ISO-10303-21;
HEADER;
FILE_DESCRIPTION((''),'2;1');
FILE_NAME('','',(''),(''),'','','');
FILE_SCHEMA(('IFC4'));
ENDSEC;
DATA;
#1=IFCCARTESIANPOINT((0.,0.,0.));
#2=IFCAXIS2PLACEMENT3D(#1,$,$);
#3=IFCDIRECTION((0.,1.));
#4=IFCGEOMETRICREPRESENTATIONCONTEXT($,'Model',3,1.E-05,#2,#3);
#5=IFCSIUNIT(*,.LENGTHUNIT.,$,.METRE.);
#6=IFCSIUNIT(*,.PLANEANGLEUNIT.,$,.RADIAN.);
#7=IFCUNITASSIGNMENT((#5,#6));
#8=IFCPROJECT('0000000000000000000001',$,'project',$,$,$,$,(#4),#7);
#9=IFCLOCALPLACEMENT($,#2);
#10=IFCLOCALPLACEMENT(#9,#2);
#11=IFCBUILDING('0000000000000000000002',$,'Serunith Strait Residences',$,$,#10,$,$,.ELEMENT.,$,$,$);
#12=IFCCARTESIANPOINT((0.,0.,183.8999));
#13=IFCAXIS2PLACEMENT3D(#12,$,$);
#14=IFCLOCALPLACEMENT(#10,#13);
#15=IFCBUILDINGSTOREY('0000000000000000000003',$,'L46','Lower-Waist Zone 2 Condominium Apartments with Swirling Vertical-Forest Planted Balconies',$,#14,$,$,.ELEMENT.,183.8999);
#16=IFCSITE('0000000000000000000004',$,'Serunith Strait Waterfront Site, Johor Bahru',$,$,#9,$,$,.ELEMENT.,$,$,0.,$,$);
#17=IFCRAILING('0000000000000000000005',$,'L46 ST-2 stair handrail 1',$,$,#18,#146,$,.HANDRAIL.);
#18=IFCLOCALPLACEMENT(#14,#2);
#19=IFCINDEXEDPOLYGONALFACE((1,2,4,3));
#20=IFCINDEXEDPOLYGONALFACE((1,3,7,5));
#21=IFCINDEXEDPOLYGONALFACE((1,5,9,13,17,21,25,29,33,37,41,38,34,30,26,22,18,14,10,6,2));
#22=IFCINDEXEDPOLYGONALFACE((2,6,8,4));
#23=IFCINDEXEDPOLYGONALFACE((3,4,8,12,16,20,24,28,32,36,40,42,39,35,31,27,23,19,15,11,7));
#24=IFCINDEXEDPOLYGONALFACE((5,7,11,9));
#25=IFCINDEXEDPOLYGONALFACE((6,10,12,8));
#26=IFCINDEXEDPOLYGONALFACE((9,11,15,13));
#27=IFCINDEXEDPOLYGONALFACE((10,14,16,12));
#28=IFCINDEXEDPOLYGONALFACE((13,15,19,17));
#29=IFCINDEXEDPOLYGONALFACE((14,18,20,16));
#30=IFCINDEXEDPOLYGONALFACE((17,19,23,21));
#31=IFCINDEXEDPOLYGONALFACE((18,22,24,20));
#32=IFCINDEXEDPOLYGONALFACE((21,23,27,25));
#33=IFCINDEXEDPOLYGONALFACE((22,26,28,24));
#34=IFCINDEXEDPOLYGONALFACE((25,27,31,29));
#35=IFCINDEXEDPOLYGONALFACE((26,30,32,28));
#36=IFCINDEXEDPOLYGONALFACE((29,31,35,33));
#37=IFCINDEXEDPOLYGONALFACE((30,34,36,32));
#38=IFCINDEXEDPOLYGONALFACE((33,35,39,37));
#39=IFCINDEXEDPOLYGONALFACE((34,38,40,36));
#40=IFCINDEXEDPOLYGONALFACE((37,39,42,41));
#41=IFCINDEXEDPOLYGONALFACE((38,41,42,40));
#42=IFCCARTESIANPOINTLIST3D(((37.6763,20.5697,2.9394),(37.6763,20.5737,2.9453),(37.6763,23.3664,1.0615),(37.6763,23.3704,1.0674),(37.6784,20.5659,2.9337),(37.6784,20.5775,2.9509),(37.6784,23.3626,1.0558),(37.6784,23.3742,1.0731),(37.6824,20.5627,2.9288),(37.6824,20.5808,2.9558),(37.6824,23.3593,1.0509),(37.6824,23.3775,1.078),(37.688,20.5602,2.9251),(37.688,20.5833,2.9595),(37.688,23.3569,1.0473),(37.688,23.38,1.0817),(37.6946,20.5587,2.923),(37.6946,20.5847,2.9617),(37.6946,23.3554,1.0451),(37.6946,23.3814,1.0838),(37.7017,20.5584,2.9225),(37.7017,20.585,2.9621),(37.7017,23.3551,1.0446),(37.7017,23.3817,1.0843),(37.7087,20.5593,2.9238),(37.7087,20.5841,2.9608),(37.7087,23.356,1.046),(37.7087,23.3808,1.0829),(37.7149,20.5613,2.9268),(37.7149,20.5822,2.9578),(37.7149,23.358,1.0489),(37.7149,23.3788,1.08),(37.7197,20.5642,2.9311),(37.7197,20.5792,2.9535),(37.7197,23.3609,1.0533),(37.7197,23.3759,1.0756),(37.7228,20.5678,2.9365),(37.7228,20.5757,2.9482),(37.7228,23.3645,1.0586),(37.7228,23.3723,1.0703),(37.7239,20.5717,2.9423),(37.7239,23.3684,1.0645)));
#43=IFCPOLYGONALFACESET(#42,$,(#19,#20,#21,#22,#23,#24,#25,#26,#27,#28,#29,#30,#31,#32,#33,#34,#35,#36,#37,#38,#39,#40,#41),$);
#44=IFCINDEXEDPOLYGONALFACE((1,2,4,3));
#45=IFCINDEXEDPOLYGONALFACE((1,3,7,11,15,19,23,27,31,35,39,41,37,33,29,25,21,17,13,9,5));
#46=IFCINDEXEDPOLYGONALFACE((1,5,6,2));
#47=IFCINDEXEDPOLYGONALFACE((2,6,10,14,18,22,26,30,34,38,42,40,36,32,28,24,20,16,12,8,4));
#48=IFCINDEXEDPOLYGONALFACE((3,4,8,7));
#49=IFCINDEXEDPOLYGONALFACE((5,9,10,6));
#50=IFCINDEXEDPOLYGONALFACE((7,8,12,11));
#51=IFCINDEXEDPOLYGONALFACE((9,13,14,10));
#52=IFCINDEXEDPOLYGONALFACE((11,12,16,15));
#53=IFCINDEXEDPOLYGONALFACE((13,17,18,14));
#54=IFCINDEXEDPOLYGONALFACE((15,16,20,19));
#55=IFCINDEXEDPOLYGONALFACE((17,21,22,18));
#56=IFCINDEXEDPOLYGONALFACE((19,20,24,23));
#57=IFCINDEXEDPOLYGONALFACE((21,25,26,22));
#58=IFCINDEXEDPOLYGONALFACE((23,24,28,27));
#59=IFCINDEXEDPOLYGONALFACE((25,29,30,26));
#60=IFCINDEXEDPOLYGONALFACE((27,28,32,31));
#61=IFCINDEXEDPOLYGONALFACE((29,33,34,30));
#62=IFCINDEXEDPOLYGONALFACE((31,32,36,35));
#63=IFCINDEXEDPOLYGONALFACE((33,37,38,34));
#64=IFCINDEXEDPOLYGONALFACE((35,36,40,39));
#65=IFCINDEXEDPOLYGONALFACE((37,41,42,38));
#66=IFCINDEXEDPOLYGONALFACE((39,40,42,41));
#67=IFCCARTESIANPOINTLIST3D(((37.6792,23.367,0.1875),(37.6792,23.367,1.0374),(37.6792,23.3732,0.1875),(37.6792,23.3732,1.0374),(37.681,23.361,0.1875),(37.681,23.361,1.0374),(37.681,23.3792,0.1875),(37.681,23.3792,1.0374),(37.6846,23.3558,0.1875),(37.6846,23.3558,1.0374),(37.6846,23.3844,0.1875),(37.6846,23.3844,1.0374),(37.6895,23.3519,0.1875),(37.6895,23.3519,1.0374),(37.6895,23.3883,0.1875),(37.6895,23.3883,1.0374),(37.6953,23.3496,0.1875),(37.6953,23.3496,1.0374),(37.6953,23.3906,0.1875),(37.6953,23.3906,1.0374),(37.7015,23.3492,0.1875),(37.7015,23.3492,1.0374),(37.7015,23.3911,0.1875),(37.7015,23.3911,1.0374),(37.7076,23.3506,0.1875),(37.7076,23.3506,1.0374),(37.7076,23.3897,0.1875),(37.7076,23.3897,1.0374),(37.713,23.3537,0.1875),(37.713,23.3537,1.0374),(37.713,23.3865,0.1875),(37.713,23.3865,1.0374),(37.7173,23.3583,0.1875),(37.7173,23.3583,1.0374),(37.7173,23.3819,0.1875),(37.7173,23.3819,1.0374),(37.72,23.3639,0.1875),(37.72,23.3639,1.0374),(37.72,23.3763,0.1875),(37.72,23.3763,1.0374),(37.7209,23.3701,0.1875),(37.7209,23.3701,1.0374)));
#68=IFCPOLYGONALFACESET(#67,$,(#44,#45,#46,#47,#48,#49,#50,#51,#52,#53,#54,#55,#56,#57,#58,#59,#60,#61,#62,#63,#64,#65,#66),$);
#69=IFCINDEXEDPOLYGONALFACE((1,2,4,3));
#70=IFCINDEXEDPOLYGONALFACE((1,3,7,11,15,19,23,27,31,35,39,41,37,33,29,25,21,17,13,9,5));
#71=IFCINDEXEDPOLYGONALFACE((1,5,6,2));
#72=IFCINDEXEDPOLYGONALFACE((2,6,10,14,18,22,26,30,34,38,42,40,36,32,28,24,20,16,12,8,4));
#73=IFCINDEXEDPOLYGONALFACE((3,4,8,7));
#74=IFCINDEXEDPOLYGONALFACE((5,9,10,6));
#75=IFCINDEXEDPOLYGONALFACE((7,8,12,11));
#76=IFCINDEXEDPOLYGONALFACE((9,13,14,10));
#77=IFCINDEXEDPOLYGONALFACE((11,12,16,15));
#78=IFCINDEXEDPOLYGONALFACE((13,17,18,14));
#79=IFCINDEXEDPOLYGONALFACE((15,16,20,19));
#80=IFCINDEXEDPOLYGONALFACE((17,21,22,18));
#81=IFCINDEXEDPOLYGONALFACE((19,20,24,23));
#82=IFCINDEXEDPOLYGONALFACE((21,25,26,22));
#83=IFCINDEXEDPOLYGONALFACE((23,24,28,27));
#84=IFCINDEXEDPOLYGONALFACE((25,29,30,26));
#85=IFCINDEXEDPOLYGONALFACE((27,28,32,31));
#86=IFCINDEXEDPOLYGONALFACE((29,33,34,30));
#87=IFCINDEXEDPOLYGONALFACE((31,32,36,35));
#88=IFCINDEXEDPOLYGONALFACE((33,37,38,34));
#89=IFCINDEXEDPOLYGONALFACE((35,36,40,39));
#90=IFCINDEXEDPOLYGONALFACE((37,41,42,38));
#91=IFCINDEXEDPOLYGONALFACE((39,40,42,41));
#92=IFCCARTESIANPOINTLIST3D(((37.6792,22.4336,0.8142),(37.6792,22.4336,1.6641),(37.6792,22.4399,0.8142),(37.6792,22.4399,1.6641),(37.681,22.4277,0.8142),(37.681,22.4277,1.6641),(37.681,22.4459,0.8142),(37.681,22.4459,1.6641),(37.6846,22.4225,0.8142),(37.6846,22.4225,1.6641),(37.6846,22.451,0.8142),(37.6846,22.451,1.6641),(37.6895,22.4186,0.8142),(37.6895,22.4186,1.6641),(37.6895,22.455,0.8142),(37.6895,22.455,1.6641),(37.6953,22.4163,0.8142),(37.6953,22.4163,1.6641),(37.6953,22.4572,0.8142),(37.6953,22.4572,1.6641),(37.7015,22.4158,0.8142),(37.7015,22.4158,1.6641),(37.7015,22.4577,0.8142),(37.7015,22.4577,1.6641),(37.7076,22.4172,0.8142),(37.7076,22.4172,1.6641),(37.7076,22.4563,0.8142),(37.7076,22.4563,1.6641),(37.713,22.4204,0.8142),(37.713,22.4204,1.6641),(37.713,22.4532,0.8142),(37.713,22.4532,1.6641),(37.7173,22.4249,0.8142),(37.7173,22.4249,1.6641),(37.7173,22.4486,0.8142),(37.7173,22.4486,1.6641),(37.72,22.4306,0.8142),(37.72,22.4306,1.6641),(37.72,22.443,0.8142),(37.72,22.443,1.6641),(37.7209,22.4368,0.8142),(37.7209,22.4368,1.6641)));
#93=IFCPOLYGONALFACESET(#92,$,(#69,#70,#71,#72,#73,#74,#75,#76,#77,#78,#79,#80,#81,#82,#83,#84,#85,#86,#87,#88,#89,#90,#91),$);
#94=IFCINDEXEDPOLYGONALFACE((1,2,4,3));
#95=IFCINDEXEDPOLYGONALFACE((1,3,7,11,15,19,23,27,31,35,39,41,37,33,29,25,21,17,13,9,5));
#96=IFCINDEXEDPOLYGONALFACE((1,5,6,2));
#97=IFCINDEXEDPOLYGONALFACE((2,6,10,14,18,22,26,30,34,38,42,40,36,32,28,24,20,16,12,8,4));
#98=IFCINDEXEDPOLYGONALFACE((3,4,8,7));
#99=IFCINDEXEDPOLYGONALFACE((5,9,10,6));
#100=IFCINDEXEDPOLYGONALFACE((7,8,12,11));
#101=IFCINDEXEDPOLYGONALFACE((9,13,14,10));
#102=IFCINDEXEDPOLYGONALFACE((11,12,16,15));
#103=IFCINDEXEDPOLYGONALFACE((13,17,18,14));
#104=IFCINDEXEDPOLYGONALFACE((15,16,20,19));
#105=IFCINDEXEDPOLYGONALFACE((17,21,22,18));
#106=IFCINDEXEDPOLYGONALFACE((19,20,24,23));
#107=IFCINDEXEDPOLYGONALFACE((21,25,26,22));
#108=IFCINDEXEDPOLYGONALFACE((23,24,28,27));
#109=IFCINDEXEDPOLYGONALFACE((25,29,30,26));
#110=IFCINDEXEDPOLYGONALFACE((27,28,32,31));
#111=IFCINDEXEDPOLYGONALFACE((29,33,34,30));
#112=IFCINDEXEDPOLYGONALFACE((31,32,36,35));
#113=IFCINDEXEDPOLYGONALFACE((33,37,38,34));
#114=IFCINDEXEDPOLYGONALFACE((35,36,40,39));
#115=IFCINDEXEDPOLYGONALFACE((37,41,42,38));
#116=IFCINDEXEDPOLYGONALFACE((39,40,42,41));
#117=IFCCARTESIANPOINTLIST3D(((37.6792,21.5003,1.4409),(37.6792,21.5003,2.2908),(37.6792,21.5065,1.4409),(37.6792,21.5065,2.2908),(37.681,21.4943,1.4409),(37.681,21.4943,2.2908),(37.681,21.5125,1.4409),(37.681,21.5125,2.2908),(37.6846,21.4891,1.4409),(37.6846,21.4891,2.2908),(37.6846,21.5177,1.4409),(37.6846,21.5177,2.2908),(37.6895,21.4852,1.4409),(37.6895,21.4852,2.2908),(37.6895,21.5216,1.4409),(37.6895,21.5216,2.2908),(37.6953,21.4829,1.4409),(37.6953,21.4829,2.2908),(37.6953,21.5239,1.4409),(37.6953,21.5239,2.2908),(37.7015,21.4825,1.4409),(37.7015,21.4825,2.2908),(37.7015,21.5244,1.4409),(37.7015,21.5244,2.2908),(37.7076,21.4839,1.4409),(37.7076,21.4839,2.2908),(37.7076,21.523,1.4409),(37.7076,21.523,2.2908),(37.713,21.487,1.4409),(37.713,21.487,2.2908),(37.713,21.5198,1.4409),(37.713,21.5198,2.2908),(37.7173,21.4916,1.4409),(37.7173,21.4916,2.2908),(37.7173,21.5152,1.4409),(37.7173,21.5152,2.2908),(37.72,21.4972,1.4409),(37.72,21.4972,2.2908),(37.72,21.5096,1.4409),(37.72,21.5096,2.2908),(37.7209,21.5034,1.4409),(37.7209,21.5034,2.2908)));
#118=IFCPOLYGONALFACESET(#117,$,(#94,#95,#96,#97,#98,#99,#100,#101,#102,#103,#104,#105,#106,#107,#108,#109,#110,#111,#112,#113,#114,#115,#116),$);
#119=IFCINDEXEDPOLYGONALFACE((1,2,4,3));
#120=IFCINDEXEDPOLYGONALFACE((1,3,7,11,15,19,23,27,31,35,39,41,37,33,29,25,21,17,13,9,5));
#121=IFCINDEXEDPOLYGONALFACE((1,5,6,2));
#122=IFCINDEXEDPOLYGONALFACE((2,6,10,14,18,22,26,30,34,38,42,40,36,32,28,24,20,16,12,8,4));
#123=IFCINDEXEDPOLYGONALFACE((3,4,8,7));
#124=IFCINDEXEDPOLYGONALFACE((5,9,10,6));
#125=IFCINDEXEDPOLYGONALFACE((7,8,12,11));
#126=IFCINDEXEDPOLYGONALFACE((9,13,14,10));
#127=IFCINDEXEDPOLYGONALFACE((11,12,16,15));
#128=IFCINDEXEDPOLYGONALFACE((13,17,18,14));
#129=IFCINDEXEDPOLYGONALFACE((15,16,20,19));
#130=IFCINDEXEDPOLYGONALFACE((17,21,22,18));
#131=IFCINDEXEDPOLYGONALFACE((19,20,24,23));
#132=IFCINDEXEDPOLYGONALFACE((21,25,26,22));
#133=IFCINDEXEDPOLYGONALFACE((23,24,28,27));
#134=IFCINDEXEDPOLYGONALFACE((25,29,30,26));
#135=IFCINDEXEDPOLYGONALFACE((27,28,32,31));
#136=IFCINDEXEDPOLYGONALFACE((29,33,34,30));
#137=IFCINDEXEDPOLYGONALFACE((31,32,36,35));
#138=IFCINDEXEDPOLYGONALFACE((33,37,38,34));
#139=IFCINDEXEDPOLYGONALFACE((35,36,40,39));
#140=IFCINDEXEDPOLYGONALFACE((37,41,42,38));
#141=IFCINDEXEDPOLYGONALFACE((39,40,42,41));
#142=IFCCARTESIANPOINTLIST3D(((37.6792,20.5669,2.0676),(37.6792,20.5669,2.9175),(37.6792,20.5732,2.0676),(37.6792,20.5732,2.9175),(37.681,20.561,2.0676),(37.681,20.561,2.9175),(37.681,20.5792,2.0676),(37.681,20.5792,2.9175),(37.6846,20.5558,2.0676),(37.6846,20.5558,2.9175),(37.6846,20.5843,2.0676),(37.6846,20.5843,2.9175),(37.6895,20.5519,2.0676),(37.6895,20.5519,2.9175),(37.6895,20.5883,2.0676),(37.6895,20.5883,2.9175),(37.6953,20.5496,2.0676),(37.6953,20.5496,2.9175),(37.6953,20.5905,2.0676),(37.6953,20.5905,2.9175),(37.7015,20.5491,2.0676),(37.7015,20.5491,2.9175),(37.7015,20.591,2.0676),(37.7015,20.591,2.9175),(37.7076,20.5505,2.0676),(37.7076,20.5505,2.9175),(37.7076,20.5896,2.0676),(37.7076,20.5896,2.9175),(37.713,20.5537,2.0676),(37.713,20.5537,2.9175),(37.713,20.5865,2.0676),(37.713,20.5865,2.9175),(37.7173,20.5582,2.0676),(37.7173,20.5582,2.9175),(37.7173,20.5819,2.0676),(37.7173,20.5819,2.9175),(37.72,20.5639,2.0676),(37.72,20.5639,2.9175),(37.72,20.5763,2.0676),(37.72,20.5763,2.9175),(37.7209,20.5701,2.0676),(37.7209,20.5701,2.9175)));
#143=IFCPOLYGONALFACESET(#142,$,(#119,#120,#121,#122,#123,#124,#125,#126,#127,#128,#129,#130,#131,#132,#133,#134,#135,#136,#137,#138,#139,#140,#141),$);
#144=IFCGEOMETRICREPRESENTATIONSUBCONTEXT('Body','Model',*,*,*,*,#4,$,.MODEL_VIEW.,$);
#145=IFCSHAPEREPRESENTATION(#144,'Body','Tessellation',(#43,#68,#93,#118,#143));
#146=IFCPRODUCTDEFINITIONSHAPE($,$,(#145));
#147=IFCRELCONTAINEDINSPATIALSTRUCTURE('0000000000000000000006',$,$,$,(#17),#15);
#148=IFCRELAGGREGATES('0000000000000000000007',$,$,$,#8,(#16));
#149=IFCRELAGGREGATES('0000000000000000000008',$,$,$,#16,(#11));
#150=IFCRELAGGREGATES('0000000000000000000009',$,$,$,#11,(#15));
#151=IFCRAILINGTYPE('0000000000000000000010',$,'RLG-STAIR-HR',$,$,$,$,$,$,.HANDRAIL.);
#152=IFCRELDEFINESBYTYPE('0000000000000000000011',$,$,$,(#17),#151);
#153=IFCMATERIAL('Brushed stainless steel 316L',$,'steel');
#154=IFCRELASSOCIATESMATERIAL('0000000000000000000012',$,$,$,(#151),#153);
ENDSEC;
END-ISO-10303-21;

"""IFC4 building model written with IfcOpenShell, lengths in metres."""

from ifc_helpers import new_model, si_unit, direction, frame, origin, origin_2d, place, context, subcontext, project, spatial, circle, extrude, material, type_object, element, save


model = new_model("IFC4")

# Units and contexts
model_context = context("Model", 3, precision=1e-05, world=origin(), true_north=direction((0.0, 1.0)))
body_context = subcontext(model_context, "Body", "Model", "MODEL_VIEW")
ifc_project = project(units=[si_unit("LENGTHUNIT", "METRE"), si_unit("PLANEANGLEUNIT", "RADIAN")], contexts=[model_context])

# Site, building, storey
site_placement = place(None, origin())
site = spatial("IfcSite", under=ifc_project, at=site_placement, Name="Serunith Strait Waterfront Site, Johor Bahru", CompositionType="ELEMENT", RefElevation=0.0)
building_placement = place(site_placement, origin())
building = spatial("IfcBuilding", under=site, at=building_placement, Name="Serunith Strait Residences", CompositionType="ELEMENT")
storey_placement = place(building_placement, frame((0.0, 0.0, 183.8999)))
storey = spatial("IfcBuildingStorey", under=building, at=storey_placement, Name="L46", Description="Lower-Waist Zone 2 Condominium Apartments with Swirling Vertical-Forest Planted Balconies", CompositionType="ELEMENT", Elevation=183.8999)

# Railing
ifc_material_1 = material(Name="Brushed stainless steel 316L", Category="steel")
railing_type_1 = type_object("IfcRailingType", Name="RLG-STAIR-HR", PredefinedType="HANDRAIL", material=ifc_material_1)
railing_1_placement = place(storey_placement, frame((37.7, 23.3701, 0.1875)))
element("IfcRailing", 1, at=railing_1_placement, inside=storey, type_object=railing_type_1, Name="L46 ST-2 stair handrail 1", PredefinedType="HANDRAIL", context=body_context, shape_type="SweptSolid", body=[
    extrude(circle(Radius=0.0239, at=origin_2d()), frame((0.0, -0.0017, 0.877), z_axis=(0.0, -0.830208, 0.557453), x_axis=(1.0, 0.0, 0.0)), (0.0, 0.0, 1.0), 3.3687),
    extrude(circle(Radius=0.021, at=origin_2d()), origin(), (0.0, 0.0, 1.0), 0.8499),
    extrude(circle(Radius=0.021, at=origin_2d()), frame((0.0, -0.9333, 0.6267)), (0.0, 0.0, 1.0), 0.8499),
    extrude(circle(Radius=0.021, at=origin_2d()), frame((0.0, -1.8667, 1.2534)), (0.0, 0.0, 1.0), 0.8499),
    extrude(circle(Radius=0.021, at=origin_2d()), frame((0.0, -2.8, 1.8801)), (0.0, 0.0, 1.0), 0.8499),
])

save(model, "model.ifc")
